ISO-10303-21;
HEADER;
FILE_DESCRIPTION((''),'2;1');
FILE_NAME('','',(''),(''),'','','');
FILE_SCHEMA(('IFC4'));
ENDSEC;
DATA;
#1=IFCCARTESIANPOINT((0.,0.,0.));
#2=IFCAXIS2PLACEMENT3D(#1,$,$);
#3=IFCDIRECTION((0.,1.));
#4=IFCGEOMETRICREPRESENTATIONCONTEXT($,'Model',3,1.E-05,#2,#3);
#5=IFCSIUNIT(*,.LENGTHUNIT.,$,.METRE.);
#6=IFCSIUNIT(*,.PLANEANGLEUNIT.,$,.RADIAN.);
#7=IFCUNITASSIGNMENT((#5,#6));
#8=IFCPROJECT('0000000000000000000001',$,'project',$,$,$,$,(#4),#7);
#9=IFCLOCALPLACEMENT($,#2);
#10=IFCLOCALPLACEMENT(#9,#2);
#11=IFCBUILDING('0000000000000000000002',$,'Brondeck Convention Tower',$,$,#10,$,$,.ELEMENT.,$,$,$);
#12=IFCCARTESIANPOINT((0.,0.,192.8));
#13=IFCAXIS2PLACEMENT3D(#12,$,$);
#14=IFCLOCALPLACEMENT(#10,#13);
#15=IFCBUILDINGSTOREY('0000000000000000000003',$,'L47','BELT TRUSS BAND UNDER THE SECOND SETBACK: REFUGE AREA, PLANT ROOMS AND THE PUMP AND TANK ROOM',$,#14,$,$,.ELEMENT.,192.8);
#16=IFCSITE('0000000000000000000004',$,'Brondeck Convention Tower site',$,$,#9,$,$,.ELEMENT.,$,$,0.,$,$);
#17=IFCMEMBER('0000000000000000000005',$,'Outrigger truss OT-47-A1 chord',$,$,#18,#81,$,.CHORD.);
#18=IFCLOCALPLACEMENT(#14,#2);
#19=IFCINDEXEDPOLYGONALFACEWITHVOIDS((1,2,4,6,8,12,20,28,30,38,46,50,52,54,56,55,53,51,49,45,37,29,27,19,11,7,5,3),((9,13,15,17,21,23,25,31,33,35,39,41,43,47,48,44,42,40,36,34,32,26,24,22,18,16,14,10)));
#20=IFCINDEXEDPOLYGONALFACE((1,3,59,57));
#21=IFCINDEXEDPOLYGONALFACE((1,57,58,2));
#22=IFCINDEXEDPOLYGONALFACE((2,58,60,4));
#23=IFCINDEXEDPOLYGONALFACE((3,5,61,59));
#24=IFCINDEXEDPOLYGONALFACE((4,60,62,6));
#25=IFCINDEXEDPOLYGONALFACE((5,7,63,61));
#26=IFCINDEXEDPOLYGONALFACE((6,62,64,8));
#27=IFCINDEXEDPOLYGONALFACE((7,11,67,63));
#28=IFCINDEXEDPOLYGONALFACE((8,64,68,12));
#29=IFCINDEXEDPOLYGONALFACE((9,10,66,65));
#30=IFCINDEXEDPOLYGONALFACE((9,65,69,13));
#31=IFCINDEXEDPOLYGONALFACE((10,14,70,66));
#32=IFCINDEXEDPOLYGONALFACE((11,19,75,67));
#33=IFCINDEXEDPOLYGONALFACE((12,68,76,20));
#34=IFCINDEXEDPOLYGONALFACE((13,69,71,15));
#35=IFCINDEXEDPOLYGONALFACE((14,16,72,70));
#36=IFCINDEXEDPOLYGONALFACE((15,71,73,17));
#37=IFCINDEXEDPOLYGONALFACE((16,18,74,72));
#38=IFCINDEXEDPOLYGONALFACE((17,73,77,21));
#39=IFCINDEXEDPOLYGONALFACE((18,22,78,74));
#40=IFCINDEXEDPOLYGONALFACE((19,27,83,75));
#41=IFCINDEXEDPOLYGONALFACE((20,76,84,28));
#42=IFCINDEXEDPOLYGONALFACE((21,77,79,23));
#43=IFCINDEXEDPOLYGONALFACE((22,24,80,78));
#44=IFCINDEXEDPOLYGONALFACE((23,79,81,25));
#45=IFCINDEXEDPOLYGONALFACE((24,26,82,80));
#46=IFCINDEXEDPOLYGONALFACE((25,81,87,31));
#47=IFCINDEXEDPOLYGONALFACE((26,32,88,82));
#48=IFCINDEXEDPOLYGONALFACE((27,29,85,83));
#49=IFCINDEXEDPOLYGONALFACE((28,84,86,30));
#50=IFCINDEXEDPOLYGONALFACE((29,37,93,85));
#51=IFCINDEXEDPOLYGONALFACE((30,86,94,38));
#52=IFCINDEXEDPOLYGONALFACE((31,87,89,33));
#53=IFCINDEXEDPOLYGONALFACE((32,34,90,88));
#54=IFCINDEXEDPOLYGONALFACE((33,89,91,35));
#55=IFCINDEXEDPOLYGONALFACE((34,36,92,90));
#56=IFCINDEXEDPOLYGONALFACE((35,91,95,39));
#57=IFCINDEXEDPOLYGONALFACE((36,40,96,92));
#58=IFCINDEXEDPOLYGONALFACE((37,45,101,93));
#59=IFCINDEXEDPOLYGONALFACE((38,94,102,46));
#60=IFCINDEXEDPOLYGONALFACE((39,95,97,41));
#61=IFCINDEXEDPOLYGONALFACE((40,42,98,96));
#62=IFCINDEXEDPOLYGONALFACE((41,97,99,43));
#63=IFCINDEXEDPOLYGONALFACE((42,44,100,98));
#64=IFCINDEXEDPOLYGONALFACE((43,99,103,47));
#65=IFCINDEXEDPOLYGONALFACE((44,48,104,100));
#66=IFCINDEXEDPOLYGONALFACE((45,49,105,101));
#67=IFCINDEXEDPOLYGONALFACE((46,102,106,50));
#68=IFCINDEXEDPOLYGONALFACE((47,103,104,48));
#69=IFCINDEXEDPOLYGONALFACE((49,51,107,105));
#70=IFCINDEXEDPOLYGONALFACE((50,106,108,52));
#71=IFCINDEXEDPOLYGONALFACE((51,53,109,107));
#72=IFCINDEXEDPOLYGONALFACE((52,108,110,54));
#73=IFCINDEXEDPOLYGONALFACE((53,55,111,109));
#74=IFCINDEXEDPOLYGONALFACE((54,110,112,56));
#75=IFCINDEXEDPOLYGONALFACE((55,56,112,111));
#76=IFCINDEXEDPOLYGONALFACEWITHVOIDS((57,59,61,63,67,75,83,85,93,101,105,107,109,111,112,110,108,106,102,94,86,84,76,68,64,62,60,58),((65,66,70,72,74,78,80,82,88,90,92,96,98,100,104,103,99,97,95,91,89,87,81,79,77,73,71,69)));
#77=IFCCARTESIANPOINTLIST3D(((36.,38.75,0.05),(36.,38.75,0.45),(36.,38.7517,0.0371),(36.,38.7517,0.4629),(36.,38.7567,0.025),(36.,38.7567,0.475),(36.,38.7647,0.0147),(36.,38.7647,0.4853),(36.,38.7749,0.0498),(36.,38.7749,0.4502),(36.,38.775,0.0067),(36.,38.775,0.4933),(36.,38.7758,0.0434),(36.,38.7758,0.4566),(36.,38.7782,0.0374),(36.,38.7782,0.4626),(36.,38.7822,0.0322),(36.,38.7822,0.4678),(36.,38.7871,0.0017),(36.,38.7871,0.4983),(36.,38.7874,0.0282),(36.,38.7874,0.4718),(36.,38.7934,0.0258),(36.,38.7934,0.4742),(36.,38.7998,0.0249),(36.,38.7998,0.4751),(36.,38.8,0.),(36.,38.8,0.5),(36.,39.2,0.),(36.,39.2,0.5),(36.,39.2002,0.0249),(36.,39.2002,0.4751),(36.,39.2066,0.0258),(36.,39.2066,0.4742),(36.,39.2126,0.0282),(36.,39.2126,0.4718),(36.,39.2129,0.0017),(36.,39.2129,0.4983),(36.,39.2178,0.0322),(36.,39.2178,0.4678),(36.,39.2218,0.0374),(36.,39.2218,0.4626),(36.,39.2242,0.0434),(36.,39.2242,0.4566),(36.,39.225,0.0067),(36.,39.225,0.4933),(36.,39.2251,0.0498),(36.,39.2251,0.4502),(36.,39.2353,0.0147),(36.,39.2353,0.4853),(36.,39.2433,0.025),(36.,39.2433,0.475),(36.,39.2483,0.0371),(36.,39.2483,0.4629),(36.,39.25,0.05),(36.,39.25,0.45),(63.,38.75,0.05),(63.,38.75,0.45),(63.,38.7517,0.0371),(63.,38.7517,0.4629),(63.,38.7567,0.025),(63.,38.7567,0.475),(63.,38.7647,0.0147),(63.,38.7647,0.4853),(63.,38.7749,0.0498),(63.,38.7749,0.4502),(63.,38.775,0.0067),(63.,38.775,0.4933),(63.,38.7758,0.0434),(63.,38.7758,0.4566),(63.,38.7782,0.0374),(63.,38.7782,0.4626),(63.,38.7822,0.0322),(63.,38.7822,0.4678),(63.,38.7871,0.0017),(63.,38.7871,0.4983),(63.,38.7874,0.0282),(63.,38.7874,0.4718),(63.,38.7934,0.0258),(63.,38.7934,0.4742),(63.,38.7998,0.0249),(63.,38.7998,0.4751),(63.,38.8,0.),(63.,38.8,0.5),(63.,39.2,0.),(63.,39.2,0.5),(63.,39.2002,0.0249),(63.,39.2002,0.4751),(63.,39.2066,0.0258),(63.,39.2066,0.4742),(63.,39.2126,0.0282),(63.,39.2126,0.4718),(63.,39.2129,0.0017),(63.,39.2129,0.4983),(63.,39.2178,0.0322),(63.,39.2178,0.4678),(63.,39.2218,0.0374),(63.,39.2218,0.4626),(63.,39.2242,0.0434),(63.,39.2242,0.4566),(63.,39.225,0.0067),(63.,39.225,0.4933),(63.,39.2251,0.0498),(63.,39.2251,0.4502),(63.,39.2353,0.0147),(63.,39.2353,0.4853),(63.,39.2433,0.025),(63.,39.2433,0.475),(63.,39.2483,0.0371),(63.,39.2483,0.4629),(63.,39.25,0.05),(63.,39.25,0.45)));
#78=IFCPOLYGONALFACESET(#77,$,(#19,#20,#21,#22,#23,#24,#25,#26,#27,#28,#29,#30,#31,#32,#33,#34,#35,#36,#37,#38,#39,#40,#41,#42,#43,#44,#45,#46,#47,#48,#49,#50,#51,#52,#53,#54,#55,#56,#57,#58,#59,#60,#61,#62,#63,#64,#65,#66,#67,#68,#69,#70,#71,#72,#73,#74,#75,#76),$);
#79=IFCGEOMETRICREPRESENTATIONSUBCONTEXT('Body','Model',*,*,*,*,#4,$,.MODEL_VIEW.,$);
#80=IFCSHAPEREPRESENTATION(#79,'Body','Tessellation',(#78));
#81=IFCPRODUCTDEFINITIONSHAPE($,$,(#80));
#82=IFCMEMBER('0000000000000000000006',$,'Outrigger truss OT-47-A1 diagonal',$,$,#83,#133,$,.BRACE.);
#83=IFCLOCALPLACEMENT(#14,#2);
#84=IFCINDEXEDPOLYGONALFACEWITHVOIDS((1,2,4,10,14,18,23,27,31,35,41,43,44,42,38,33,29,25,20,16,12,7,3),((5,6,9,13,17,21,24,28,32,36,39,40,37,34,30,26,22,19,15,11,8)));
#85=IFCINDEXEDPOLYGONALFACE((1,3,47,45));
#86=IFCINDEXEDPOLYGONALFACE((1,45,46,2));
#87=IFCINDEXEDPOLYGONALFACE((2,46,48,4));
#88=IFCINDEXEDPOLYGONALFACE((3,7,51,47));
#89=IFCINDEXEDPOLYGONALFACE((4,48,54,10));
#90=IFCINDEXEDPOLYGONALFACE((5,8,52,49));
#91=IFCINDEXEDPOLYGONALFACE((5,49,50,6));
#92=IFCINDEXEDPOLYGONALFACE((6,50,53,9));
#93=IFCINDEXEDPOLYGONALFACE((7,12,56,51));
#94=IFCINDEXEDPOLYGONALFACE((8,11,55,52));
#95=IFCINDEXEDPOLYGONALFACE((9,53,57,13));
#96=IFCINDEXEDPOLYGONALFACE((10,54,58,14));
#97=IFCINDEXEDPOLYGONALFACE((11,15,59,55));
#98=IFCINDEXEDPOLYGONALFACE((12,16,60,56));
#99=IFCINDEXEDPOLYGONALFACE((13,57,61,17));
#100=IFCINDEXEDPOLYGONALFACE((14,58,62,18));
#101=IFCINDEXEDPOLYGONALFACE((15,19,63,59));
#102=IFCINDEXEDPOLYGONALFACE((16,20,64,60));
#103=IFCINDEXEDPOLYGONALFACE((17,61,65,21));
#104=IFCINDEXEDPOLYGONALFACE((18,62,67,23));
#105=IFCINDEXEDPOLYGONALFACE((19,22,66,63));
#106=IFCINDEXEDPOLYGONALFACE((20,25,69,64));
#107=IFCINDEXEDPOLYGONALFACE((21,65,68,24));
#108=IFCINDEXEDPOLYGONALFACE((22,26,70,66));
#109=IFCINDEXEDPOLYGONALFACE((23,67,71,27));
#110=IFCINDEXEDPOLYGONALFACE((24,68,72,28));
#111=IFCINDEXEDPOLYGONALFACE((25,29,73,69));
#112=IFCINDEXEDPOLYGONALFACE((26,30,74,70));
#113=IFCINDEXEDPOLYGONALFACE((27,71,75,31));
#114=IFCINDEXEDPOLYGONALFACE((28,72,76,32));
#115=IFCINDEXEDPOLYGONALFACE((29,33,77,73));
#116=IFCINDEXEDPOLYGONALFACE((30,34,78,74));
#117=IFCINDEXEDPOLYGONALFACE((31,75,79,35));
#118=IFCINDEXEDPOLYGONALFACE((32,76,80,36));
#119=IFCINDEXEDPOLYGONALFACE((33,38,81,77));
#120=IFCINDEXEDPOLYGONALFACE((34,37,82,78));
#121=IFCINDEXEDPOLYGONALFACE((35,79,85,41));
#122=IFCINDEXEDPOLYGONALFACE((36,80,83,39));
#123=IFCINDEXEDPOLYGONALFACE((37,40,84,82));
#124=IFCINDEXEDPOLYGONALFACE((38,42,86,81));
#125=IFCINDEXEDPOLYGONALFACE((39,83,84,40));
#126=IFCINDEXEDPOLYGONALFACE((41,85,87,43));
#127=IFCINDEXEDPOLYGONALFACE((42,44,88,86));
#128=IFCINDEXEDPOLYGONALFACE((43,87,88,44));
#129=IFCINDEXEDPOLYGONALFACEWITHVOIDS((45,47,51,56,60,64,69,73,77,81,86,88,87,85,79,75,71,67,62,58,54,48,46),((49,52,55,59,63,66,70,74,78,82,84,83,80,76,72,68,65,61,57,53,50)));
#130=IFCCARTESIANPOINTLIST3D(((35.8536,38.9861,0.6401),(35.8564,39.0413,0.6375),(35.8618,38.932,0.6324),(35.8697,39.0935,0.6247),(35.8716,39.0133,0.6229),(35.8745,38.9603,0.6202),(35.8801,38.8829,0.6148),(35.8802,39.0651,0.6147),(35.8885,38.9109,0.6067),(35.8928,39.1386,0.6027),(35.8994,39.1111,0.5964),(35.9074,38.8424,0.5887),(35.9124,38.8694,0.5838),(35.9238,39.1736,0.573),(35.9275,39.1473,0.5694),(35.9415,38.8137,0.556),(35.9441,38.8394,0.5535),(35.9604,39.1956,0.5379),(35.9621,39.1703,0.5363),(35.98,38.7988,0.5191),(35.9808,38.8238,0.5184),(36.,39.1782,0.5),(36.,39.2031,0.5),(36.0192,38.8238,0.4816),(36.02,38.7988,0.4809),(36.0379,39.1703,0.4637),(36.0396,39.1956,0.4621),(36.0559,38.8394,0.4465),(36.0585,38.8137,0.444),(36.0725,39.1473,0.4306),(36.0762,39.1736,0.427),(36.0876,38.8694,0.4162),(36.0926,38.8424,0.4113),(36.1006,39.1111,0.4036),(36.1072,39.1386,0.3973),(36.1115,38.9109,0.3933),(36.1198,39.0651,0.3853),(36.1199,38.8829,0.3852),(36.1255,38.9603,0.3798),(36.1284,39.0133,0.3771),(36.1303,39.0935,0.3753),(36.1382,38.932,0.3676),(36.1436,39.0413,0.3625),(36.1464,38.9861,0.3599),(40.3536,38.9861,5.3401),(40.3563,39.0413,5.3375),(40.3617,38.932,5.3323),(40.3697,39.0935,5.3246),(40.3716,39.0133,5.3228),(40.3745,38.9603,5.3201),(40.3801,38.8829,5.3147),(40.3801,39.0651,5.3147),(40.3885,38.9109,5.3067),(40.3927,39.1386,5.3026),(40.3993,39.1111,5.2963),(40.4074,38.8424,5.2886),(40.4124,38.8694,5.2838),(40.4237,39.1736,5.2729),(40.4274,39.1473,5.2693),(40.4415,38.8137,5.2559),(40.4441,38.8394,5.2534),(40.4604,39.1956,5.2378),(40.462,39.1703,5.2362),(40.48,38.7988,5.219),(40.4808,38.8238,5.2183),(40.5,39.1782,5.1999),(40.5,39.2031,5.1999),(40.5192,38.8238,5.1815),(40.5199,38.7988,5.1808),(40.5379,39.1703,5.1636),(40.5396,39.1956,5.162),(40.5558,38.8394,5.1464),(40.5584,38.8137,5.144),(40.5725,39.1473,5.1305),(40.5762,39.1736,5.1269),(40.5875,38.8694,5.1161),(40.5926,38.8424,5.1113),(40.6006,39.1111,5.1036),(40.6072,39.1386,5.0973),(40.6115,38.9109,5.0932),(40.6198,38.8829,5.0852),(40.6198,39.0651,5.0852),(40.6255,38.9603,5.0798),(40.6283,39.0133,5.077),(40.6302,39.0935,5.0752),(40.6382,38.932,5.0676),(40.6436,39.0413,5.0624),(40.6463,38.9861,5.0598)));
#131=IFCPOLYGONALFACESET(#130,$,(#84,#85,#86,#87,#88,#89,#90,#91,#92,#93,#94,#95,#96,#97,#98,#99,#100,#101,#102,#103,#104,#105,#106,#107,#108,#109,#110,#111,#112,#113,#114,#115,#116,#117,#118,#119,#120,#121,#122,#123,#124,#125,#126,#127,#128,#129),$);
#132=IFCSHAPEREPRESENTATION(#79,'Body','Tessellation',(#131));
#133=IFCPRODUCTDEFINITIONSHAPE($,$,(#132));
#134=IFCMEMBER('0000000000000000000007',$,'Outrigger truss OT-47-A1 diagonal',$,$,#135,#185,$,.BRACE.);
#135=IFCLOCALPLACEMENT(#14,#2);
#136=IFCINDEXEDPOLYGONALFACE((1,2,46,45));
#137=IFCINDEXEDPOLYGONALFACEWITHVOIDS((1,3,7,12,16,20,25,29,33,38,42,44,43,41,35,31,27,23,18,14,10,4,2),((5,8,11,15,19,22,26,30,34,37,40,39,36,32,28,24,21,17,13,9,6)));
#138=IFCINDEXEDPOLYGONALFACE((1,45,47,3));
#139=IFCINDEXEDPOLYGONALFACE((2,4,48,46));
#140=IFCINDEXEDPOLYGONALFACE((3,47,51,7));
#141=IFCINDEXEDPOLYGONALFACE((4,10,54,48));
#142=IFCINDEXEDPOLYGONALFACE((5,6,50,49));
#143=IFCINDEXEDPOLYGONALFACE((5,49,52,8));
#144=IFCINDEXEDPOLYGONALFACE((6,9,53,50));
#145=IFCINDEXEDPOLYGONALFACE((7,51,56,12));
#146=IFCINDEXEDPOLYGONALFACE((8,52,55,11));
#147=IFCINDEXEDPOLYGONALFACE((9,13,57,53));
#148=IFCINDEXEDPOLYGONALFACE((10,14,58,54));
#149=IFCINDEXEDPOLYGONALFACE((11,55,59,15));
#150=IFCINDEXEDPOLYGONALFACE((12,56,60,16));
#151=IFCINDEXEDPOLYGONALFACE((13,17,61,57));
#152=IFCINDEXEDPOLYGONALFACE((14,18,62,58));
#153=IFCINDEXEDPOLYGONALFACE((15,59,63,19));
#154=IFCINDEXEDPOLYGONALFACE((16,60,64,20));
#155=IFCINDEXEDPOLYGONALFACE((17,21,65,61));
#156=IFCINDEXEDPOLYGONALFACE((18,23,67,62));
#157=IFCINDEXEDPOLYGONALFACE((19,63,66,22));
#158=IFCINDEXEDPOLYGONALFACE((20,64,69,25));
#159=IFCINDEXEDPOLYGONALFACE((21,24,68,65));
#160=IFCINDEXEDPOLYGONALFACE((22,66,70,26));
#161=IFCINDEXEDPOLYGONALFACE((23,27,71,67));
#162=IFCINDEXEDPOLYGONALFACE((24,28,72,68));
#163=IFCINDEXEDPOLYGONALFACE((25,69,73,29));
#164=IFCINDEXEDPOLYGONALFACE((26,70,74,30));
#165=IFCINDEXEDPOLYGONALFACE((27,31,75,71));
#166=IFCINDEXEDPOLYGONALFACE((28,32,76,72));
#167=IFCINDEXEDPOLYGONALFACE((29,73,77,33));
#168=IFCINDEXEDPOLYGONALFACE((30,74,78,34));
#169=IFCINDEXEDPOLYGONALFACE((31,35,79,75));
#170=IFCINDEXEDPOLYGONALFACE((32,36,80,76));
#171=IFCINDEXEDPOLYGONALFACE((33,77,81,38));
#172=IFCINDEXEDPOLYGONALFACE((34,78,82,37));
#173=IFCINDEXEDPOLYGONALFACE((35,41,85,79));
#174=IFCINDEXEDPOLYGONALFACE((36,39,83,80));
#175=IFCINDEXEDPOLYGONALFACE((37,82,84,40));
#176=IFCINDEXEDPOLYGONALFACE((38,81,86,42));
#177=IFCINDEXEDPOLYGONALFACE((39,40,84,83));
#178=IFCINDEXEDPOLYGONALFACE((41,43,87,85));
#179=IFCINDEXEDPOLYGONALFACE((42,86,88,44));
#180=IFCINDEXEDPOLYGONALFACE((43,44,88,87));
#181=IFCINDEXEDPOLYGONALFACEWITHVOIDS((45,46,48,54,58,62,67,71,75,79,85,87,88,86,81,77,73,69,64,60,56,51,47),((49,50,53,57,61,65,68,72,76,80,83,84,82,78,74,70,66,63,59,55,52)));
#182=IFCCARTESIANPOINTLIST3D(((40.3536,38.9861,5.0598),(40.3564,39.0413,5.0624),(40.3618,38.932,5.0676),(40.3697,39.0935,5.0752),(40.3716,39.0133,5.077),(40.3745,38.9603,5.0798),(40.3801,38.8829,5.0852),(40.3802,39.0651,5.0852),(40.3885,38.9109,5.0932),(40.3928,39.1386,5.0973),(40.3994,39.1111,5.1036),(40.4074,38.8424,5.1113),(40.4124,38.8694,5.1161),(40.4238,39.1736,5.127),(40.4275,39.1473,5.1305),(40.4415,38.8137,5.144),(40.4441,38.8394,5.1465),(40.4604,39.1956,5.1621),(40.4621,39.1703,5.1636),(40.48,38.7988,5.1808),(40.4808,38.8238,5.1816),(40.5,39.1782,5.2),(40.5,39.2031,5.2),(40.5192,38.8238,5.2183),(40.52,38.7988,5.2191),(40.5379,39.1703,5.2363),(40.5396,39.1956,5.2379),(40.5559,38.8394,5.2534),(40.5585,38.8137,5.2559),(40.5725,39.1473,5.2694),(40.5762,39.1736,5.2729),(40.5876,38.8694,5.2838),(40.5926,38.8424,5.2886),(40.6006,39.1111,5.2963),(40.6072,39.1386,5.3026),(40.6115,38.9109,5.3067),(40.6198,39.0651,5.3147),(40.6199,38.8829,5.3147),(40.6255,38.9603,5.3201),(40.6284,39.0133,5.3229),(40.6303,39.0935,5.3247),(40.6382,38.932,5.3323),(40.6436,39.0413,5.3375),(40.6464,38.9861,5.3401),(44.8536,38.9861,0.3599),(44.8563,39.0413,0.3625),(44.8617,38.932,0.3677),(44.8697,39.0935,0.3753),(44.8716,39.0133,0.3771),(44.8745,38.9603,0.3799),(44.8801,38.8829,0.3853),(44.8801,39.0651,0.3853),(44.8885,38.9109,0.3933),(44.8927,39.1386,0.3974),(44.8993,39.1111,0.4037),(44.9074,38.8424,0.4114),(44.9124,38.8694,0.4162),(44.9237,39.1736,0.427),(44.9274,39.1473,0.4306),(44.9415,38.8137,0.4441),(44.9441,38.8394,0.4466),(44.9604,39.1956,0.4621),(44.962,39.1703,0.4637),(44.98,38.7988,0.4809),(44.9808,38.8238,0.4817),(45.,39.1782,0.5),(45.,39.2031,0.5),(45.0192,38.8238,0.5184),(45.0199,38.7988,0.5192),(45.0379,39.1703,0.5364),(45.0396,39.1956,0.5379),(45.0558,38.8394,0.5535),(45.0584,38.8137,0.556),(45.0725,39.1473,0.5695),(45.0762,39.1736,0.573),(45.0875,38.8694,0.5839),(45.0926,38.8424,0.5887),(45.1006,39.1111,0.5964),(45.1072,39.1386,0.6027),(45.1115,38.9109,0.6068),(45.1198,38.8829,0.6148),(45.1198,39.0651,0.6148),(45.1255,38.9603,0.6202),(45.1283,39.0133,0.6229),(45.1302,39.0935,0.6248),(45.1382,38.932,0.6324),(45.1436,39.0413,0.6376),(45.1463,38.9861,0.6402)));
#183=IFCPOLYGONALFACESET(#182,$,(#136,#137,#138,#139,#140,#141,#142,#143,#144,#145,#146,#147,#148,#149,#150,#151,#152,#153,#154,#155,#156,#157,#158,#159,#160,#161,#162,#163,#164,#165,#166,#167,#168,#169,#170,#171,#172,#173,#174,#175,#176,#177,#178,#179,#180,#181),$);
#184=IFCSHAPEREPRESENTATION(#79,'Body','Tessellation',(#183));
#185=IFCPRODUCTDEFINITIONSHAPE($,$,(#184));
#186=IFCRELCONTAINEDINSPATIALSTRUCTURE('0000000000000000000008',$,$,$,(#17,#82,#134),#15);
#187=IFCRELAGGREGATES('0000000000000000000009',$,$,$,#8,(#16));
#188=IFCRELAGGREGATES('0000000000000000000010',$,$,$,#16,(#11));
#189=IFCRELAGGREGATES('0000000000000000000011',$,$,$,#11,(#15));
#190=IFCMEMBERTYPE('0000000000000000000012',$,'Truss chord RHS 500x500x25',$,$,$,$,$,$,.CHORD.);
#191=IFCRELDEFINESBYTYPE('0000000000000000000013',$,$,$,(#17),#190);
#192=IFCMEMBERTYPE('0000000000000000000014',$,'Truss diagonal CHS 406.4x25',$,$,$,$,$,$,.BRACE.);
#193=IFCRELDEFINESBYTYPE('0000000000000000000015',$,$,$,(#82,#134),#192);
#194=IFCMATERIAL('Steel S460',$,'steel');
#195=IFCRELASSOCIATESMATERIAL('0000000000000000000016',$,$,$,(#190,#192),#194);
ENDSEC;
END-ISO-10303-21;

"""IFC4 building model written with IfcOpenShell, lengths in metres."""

from ifc_helpers import new_model, si_unit, direction, frame, origin, origin_2d, place, context, subcontext, project, spatial, hollow_rectangle, hollow_circle, extrude, material, material_profile, profile_set, type_object, element, save


model = new_model("IFC4")

# Units and contexts
model_context = context("Model", 3, precision=1e-05, world=origin(), true_north=direction((0.0, 1.0)))
body_context = subcontext(model_context, "Body", "Model", "MODEL_VIEW")
ifc_project = project(units=[si_unit("LENGTHUNIT", "METRE"), si_unit("PLANEANGLEUNIT", "RADIAN")], contexts=[model_context])

# Site, building, storey
site_placement = place(None, origin())
site = spatial("IfcSite", under=ifc_project, at=site_placement, Name="Brondeck Convention Tower site", CompositionType="ELEMENT", RefElevation=0.0)
building_placement = place(site_placement, origin())
building = spatial("IfcBuilding", under=site, at=building_placement, Name="Brondeck Convention Tower", CompositionType="ELEMENT")
storey_placement = place(building_placement, frame((0.0, 0.0, 192.8)))
storey = spatial("IfcBuildingStorey", under=building, at=storey_placement, Name="L47", Description="BELT TRUSS BAND UNDER THE SECOND SETBACK: REFUGE AREA, PLANT ROOMS AND THE PUMP AND TANK ROOM", CompositionType="ELEMENT", Elevation=192.8)

# Members
ifc_material_1 = material(Name="Steel S460", Category="steel")
ifc_material_profile_1 = material_profile(ifc_material_1, hollow_rectangle(XDim=0.5, YDim=0.5, WallThickness=0.0249, InnerFilletRadius=0.0249, OuterFilletRadius=0.05, at=origin_2d()), Name="RHS 500x500x25")
ifc_profile_set_1 = profile_set([ifc_material_profile_1], Name="Steel S460")
member_type_1 = type_object("IfcMemberType", Name="Truss chord RHS 500x500x25", PredefinedType="CHORD", material=ifc_profile_set_1)
member_1_placement = place(storey_placement, frame((36.0, 39.0, 0.25), z_axis=(1.0, 0.0, 0.0), x_axis=(0.0, 1.0, 0.0)))
element("IfcMember", 1, at=member_1_placement, inside=storey, type_object=member_type_1, Name="Outrigger truss OT-47-A1 chord", PredefinedType="CHORD", context=body_context, shape_type="SweptSolid", body=[
    extrude(hollow_rectangle(XDim=0.5, YDim=0.5, WallThickness=0.0249, InnerFilletRadius=0.0249, OuterFilletRadius=0.05, at=origin_2d()), origin(), (0.0, 0.0, 1.0), 27.0),
])
ifc_material_profile_2 = material_profile(ifc_material_1, hollow_circle(Radius=0.2031, WallThickness=0.0249, at=origin_2d()), Name="CHS 406.4x25")
ifc_profile_set_2 = profile_set([ifc_material_profile_2], Name="Steel S460")
member_type_2 = type_object("IfcMemberType", Name="Truss diagonal CHS 406.4x25", PredefinedType="BRACE", material=ifc_profile_set_2)
for number, where, z_axis, x_axis, name in (
    (2, (36.0, 39.0, 0.5), (0.691575, 0.0, 0.722304), (0.0, 1.0, 0.0), "Outrigger truss OT-47-A1 diagonal"),
    (3, (40.5, 39.0, 5.2), (0.691575, 0.0, -0.722304), (0.0, 1.0, 0.0), "Outrigger truss OT-47-A1 diagonal"),
):
    element("IfcMember", number, at=place(storey_placement, frame(where, z_axis=z_axis, x_axis=x_axis)), inside=storey, type_object=member_type_2, Name=name, PredefinedType="BRACE", context=body_context, shape_type="SweptSolid", body=[
        extrude(hollow_circle(Radius=0.2031, WallThickness=0.0249, at=origin_2d()), origin(), (0.0, 0.0, 1.0), 6.5068),
    ])

save(model, "model.ifc")
